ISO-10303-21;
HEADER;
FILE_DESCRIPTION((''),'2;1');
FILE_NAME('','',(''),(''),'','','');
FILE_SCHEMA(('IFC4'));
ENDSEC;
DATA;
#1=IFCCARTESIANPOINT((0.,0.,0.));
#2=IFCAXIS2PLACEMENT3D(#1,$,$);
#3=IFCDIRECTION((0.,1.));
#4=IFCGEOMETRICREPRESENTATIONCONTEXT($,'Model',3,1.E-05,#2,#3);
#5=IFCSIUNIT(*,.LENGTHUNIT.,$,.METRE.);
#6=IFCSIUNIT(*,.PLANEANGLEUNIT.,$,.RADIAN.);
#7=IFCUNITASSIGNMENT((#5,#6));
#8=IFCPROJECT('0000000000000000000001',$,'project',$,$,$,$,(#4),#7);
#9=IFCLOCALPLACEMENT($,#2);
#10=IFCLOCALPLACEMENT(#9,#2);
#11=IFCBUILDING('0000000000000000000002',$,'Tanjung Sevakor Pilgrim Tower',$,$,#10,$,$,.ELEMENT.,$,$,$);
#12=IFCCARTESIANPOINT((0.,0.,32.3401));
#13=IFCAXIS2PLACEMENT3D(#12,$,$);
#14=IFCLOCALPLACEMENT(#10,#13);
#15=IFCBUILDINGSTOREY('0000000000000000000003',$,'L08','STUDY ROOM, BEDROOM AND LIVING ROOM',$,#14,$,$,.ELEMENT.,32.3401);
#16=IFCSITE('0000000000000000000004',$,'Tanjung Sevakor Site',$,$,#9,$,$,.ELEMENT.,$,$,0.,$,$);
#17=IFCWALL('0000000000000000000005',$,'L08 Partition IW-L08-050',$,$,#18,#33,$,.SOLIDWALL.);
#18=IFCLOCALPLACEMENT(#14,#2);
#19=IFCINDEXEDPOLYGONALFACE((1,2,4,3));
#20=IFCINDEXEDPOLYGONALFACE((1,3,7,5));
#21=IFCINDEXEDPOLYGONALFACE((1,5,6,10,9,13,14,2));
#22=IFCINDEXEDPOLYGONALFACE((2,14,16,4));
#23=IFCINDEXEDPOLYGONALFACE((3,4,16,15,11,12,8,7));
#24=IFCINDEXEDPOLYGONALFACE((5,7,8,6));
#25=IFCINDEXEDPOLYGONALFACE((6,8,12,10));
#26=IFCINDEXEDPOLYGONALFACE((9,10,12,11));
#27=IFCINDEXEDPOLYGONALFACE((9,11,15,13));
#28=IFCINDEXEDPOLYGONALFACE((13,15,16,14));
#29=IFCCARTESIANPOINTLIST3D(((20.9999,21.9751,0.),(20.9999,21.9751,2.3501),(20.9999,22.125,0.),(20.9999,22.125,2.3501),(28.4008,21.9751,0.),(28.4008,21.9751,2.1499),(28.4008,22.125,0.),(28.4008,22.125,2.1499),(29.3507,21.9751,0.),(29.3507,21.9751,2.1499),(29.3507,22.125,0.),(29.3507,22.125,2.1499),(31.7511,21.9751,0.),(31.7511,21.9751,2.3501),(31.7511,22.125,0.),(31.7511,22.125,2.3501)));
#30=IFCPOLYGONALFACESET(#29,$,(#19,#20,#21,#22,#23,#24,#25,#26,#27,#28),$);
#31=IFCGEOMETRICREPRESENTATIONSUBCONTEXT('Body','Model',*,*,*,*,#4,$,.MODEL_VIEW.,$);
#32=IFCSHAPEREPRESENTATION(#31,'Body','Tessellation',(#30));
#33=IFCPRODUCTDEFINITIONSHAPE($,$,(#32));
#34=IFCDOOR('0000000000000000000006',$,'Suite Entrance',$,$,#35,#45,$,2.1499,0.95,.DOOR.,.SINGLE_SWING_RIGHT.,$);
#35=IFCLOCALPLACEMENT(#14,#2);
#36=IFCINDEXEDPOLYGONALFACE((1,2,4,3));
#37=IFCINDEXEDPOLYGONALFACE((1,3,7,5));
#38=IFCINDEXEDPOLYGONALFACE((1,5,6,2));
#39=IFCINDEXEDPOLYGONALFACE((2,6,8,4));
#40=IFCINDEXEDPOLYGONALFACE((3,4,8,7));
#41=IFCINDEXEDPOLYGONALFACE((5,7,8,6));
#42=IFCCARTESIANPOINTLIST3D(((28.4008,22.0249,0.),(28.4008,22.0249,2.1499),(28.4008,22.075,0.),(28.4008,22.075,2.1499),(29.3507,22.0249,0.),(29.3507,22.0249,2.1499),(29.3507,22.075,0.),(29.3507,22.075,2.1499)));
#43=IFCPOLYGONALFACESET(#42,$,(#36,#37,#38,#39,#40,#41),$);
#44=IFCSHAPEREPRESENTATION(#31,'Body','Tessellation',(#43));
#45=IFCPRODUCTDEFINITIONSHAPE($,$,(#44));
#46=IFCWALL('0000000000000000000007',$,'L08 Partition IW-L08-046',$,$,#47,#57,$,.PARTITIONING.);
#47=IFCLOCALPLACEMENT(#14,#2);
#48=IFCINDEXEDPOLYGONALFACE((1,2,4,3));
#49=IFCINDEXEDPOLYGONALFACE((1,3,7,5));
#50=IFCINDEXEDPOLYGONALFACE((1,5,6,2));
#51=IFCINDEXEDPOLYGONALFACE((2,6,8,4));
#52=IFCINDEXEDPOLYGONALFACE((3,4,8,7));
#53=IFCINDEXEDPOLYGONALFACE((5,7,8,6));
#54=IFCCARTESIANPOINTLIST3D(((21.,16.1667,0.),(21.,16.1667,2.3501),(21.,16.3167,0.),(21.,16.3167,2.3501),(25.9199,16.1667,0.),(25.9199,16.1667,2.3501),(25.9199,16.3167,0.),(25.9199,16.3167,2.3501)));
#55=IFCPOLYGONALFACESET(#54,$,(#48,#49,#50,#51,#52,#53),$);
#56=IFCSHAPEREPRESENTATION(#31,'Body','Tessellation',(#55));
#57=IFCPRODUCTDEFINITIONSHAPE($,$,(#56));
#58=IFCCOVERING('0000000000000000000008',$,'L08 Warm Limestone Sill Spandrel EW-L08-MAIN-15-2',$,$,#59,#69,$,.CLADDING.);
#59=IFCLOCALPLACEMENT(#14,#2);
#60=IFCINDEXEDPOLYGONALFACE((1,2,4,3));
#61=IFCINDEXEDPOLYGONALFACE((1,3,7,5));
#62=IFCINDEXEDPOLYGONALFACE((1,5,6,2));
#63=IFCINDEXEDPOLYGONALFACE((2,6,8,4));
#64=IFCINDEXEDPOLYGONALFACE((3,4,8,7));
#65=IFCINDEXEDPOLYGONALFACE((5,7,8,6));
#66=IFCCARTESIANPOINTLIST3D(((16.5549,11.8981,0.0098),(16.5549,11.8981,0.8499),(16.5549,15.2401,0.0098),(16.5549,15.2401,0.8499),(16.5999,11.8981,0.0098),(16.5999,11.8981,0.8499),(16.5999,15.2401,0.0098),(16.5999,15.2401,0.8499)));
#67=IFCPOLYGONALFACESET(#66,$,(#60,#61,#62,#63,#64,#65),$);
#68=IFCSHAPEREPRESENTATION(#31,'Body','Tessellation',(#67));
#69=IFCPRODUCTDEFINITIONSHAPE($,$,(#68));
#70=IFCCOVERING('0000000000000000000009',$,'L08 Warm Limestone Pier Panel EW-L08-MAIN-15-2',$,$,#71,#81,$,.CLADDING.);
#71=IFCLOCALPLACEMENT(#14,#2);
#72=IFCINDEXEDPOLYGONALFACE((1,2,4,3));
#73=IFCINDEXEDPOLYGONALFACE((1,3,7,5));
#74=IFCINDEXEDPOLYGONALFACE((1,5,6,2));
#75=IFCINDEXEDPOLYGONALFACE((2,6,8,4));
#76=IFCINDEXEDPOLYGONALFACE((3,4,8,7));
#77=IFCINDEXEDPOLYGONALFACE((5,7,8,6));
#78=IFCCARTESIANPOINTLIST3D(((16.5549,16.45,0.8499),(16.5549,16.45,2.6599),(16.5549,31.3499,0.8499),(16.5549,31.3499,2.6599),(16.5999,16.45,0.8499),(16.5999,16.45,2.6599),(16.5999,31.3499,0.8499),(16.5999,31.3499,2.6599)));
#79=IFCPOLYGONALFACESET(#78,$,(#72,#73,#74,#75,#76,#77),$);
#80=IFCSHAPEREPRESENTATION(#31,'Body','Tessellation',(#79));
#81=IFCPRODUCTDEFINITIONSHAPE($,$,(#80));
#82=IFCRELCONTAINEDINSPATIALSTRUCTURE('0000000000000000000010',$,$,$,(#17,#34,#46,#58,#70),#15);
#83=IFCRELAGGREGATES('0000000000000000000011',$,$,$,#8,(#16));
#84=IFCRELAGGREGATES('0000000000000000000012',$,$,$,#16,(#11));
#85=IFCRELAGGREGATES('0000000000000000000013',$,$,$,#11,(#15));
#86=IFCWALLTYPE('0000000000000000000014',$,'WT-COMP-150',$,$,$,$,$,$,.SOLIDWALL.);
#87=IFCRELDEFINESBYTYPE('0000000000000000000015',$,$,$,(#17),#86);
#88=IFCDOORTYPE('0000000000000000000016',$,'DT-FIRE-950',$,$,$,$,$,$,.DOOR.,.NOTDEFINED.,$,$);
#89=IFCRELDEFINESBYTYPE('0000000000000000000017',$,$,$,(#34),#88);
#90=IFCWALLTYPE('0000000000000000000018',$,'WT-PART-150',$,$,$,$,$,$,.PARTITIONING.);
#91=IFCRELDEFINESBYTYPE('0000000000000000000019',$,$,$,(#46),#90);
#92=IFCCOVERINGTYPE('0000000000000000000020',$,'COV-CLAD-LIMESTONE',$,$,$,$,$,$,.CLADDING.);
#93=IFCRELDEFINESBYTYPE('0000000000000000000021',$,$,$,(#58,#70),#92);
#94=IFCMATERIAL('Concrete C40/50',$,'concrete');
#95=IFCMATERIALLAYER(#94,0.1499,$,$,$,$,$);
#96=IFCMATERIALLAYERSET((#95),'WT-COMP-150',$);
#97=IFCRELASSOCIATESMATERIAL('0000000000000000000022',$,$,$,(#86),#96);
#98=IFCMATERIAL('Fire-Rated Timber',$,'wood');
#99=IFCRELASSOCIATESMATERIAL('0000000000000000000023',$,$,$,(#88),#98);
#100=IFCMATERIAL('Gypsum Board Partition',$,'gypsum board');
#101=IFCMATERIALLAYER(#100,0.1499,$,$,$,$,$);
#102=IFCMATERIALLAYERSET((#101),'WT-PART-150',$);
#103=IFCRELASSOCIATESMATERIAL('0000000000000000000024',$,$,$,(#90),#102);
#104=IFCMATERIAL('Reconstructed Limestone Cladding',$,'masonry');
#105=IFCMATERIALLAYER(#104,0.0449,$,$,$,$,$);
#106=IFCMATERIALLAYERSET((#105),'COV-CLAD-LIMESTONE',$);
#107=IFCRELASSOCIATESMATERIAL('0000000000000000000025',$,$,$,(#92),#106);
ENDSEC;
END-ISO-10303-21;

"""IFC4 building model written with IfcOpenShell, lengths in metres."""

from ifc_helpers import new_model, si_unit, direction, frame, frame_2d, origin, origin_2d, place, context, subcontext, project, spatial, rectangle, extrude, material, layer, layer_set, type_object, element, fill, save


model = new_model("IFC4")

# Units and contexts
model_context = context("Model", 3, precision=1e-05, world=origin(), true_north=direction((0.0, 1.0)))
body_context = subcontext(model_context, "Body", "Model", "MODEL_VIEW")
ifc_project = project(units=[si_unit("LENGTHUNIT", "METRE"), si_unit("PLANEANGLEUNIT", "RADIAN")], contexts=[model_context])

# Site, building, storey
site_placement = place(None, origin())
site = spatial("IfcSite", under=ifc_project, at=site_placement, Name="Tanjung Sevakor Site", CompositionType="ELEMENT", RefElevation=0.0)
building_placement = place(site_placement, origin())
building = spatial("IfcBuilding", under=site, at=building_placement, Name="Tanjung Sevakor Pilgrim Tower", CompositionType="ELEMENT")
storey_placement = place(building_placement, frame((0.0, 0.0, 32.3401)))
storey = spatial("IfcBuildingStorey", under=building, at=storey_placement, Name="L08", Description="STUDY ROOM, BEDROOM AND LIVING ROOM", CompositionType="ELEMENT", Elevation=32.3401)

# Wall, opening, door
ifc_material_1 = material(Name="Concrete C40/50", Category="concrete")
ifc_layer_1 = layer(ifc_material_1, 0.1499)
ifc_layer_set_1 = layer_set([ifc_layer_1], Name="WT-COMP-150")
wall_type_1 = type_object("IfcWallType", Name="WT-COMP-150", PredefinedType="SOLIDWALL", material=ifc_layer_set_1)
ifc_material_2 = material(Name="Fire-Rated Timber", Category="wood")
door_type = type_object("IfcDoorType", Name="DT-FIRE-950", OperationType="NOTDEFINED", PredefinedType="DOOR", material=ifc_material_2)
wall_1_placement = place(storey_placement, frame((21.0, 22.05, 0.0), z_axis=(0.0, 0.0, 1.0), x_axis=(1.0, 0.0, 0.0)))
wall_1 = element("IfcWall", 1, at=wall_1_placement, inside=storey, type_object=wall_type_1, Name="L08 Partition IW-L08-050", PredefinedType="SOLIDWALL", context=body_context, shape_type="SweptSolid", body=[
    extrude(rectangle(XDim=10.7512, YDim=0.1499, at=frame_2d((5.3755, 0.0))), origin(), (0.0, 0.0, 1.0), 2.3501),
])
opening_1_placement = place(wall_1_placement, frame((7.4006, 0.0, 0.0)))
opening_1 = element("IfcOpeningElement", 2, at=opening_1_placement, cuts=wall_1, PredefinedType="OPENING", context=body_context, shape_type="SweptSolid", body=[
    extrude(rectangle(XDim=0.95, YDim=2.1499, at=frame_2d((0.4751, 1.075))), frame((0.0, 0.085, 0.0), z_axis=(0.0, -1.0, 0.0), x_axis=(1.0, 0.0, 0.0)), (0.0, 0.0, 1.0), 0.1699),
])
door_1_placement = place(opening_1_placement, origin())
door_1 = element("IfcDoor", 3, at=door_1_placement, inside=storey, type_object=door_type, Name="Suite Entrance", OperationType="SINGLE_SWING_RIGHT", OverallHeight=2.1499, OverallWidth=0.95, PredefinedType="DOOR", context=body_context, shape_type="SweptSolid", body=[
    extrude(rectangle(XDim=0.95, YDim=2.1499, at=frame_2d((0.4751, 1.075))), frame((0.0, 0.0249, 0.0), z_axis=(0.0, -1.0, 0.0), x_axis=(1.0, 0.0, 0.0)), (0.0, 0.0, 1.0), 0.05),
])
fill(opening_1, door_1)

# Wall
ifc_material_3 = material(Name="Gypsum Board Partition", Category="gypsum board")
ifc_layer_2 = layer(ifc_material_3, 0.1499)
ifc_layer_set_2 = layer_set([ifc_layer_2], Name="WT-PART-150")
wall_type_2 = type_object("IfcWallType", Name="WT-PART-150", PredefinedType="PARTITIONING", material=ifc_layer_set_2)
wall_2_placement = place(storey_placement, frame((21.0, 16.2417, 0.0), z_axis=(0.0, 0.0, 1.0), x_axis=(1.0, 0.0, 0.0)))
element("IfcWall", 4, at=wall_2_placement, inside=storey, type_object=wall_type_2, Name="L08 Partition IW-L08-046", PredefinedType="PARTITIONING", context=body_context, shape_type="SweptSolid", body=[
    extrude(rectangle(XDim=4.9199, YDim=0.1499, at=frame_2d((2.46, 0.0))), origin(), (0.0, 0.0, 1.0), 2.3501),
])

# Coverings
ifc_material_4 = material(Name="Reconstructed Limestone Cladding", Category="masonry")
ifc_layer_3 = layer(ifc_material_4, 0.0449)
ifc_layer_set_3 = layer_set([ifc_layer_3], Name="COV-CLAD-LIMESTONE")
covering_type = type_object("IfcCoveringType", Name="COV-CLAD-LIMESTONE", PredefinedType="CLADDING", material=ifc_layer_set_3)
covering_1_placement = place(storey_placement, frame((16.5774, 13.5691, 0.0098), z_axis=(0.0, 0.0, 1.0), x_axis=(0.0, -1.0, 0.0)))
element("IfcCovering", 5, at=covering_1_placement, inside=storey, type_object=covering_type, Name="L08 Warm Limestone Sill Spandrel EW-L08-MAIN-15-2", PredefinedType="CLADDING", context=body_context, shape_type="SweptSolid", body=[
    extrude(rectangle(XDim=3.342, YDim=0.0449, at=origin_2d()), origin(), (0.0, 0.0, 1.0), 0.8401),
])
covering_2_placement = place(storey_placement, frame((16.5774, 23.8999, 0.8499), z_axis=(0.0, 0.0, 1.0), x_axis=(0.0, -1.0, 0.0)))
element("IfcCovering", 6, at=covering_2_placement, inside=storey, type_object=covering_type, Name="L08 Warm Limestone Pier Panel EW-L08-MAIN-15-2", PredefinedType="CLADDING", context=body_context, shape_type="SweptSolid", body=[
    extrude(rectangle(XDim=14.8999, YDim=0.0449, at=origin_2d()), origin(), (0.0, 0.0, 1.0), 1.8101),
])

save(model, "model.ifc")
